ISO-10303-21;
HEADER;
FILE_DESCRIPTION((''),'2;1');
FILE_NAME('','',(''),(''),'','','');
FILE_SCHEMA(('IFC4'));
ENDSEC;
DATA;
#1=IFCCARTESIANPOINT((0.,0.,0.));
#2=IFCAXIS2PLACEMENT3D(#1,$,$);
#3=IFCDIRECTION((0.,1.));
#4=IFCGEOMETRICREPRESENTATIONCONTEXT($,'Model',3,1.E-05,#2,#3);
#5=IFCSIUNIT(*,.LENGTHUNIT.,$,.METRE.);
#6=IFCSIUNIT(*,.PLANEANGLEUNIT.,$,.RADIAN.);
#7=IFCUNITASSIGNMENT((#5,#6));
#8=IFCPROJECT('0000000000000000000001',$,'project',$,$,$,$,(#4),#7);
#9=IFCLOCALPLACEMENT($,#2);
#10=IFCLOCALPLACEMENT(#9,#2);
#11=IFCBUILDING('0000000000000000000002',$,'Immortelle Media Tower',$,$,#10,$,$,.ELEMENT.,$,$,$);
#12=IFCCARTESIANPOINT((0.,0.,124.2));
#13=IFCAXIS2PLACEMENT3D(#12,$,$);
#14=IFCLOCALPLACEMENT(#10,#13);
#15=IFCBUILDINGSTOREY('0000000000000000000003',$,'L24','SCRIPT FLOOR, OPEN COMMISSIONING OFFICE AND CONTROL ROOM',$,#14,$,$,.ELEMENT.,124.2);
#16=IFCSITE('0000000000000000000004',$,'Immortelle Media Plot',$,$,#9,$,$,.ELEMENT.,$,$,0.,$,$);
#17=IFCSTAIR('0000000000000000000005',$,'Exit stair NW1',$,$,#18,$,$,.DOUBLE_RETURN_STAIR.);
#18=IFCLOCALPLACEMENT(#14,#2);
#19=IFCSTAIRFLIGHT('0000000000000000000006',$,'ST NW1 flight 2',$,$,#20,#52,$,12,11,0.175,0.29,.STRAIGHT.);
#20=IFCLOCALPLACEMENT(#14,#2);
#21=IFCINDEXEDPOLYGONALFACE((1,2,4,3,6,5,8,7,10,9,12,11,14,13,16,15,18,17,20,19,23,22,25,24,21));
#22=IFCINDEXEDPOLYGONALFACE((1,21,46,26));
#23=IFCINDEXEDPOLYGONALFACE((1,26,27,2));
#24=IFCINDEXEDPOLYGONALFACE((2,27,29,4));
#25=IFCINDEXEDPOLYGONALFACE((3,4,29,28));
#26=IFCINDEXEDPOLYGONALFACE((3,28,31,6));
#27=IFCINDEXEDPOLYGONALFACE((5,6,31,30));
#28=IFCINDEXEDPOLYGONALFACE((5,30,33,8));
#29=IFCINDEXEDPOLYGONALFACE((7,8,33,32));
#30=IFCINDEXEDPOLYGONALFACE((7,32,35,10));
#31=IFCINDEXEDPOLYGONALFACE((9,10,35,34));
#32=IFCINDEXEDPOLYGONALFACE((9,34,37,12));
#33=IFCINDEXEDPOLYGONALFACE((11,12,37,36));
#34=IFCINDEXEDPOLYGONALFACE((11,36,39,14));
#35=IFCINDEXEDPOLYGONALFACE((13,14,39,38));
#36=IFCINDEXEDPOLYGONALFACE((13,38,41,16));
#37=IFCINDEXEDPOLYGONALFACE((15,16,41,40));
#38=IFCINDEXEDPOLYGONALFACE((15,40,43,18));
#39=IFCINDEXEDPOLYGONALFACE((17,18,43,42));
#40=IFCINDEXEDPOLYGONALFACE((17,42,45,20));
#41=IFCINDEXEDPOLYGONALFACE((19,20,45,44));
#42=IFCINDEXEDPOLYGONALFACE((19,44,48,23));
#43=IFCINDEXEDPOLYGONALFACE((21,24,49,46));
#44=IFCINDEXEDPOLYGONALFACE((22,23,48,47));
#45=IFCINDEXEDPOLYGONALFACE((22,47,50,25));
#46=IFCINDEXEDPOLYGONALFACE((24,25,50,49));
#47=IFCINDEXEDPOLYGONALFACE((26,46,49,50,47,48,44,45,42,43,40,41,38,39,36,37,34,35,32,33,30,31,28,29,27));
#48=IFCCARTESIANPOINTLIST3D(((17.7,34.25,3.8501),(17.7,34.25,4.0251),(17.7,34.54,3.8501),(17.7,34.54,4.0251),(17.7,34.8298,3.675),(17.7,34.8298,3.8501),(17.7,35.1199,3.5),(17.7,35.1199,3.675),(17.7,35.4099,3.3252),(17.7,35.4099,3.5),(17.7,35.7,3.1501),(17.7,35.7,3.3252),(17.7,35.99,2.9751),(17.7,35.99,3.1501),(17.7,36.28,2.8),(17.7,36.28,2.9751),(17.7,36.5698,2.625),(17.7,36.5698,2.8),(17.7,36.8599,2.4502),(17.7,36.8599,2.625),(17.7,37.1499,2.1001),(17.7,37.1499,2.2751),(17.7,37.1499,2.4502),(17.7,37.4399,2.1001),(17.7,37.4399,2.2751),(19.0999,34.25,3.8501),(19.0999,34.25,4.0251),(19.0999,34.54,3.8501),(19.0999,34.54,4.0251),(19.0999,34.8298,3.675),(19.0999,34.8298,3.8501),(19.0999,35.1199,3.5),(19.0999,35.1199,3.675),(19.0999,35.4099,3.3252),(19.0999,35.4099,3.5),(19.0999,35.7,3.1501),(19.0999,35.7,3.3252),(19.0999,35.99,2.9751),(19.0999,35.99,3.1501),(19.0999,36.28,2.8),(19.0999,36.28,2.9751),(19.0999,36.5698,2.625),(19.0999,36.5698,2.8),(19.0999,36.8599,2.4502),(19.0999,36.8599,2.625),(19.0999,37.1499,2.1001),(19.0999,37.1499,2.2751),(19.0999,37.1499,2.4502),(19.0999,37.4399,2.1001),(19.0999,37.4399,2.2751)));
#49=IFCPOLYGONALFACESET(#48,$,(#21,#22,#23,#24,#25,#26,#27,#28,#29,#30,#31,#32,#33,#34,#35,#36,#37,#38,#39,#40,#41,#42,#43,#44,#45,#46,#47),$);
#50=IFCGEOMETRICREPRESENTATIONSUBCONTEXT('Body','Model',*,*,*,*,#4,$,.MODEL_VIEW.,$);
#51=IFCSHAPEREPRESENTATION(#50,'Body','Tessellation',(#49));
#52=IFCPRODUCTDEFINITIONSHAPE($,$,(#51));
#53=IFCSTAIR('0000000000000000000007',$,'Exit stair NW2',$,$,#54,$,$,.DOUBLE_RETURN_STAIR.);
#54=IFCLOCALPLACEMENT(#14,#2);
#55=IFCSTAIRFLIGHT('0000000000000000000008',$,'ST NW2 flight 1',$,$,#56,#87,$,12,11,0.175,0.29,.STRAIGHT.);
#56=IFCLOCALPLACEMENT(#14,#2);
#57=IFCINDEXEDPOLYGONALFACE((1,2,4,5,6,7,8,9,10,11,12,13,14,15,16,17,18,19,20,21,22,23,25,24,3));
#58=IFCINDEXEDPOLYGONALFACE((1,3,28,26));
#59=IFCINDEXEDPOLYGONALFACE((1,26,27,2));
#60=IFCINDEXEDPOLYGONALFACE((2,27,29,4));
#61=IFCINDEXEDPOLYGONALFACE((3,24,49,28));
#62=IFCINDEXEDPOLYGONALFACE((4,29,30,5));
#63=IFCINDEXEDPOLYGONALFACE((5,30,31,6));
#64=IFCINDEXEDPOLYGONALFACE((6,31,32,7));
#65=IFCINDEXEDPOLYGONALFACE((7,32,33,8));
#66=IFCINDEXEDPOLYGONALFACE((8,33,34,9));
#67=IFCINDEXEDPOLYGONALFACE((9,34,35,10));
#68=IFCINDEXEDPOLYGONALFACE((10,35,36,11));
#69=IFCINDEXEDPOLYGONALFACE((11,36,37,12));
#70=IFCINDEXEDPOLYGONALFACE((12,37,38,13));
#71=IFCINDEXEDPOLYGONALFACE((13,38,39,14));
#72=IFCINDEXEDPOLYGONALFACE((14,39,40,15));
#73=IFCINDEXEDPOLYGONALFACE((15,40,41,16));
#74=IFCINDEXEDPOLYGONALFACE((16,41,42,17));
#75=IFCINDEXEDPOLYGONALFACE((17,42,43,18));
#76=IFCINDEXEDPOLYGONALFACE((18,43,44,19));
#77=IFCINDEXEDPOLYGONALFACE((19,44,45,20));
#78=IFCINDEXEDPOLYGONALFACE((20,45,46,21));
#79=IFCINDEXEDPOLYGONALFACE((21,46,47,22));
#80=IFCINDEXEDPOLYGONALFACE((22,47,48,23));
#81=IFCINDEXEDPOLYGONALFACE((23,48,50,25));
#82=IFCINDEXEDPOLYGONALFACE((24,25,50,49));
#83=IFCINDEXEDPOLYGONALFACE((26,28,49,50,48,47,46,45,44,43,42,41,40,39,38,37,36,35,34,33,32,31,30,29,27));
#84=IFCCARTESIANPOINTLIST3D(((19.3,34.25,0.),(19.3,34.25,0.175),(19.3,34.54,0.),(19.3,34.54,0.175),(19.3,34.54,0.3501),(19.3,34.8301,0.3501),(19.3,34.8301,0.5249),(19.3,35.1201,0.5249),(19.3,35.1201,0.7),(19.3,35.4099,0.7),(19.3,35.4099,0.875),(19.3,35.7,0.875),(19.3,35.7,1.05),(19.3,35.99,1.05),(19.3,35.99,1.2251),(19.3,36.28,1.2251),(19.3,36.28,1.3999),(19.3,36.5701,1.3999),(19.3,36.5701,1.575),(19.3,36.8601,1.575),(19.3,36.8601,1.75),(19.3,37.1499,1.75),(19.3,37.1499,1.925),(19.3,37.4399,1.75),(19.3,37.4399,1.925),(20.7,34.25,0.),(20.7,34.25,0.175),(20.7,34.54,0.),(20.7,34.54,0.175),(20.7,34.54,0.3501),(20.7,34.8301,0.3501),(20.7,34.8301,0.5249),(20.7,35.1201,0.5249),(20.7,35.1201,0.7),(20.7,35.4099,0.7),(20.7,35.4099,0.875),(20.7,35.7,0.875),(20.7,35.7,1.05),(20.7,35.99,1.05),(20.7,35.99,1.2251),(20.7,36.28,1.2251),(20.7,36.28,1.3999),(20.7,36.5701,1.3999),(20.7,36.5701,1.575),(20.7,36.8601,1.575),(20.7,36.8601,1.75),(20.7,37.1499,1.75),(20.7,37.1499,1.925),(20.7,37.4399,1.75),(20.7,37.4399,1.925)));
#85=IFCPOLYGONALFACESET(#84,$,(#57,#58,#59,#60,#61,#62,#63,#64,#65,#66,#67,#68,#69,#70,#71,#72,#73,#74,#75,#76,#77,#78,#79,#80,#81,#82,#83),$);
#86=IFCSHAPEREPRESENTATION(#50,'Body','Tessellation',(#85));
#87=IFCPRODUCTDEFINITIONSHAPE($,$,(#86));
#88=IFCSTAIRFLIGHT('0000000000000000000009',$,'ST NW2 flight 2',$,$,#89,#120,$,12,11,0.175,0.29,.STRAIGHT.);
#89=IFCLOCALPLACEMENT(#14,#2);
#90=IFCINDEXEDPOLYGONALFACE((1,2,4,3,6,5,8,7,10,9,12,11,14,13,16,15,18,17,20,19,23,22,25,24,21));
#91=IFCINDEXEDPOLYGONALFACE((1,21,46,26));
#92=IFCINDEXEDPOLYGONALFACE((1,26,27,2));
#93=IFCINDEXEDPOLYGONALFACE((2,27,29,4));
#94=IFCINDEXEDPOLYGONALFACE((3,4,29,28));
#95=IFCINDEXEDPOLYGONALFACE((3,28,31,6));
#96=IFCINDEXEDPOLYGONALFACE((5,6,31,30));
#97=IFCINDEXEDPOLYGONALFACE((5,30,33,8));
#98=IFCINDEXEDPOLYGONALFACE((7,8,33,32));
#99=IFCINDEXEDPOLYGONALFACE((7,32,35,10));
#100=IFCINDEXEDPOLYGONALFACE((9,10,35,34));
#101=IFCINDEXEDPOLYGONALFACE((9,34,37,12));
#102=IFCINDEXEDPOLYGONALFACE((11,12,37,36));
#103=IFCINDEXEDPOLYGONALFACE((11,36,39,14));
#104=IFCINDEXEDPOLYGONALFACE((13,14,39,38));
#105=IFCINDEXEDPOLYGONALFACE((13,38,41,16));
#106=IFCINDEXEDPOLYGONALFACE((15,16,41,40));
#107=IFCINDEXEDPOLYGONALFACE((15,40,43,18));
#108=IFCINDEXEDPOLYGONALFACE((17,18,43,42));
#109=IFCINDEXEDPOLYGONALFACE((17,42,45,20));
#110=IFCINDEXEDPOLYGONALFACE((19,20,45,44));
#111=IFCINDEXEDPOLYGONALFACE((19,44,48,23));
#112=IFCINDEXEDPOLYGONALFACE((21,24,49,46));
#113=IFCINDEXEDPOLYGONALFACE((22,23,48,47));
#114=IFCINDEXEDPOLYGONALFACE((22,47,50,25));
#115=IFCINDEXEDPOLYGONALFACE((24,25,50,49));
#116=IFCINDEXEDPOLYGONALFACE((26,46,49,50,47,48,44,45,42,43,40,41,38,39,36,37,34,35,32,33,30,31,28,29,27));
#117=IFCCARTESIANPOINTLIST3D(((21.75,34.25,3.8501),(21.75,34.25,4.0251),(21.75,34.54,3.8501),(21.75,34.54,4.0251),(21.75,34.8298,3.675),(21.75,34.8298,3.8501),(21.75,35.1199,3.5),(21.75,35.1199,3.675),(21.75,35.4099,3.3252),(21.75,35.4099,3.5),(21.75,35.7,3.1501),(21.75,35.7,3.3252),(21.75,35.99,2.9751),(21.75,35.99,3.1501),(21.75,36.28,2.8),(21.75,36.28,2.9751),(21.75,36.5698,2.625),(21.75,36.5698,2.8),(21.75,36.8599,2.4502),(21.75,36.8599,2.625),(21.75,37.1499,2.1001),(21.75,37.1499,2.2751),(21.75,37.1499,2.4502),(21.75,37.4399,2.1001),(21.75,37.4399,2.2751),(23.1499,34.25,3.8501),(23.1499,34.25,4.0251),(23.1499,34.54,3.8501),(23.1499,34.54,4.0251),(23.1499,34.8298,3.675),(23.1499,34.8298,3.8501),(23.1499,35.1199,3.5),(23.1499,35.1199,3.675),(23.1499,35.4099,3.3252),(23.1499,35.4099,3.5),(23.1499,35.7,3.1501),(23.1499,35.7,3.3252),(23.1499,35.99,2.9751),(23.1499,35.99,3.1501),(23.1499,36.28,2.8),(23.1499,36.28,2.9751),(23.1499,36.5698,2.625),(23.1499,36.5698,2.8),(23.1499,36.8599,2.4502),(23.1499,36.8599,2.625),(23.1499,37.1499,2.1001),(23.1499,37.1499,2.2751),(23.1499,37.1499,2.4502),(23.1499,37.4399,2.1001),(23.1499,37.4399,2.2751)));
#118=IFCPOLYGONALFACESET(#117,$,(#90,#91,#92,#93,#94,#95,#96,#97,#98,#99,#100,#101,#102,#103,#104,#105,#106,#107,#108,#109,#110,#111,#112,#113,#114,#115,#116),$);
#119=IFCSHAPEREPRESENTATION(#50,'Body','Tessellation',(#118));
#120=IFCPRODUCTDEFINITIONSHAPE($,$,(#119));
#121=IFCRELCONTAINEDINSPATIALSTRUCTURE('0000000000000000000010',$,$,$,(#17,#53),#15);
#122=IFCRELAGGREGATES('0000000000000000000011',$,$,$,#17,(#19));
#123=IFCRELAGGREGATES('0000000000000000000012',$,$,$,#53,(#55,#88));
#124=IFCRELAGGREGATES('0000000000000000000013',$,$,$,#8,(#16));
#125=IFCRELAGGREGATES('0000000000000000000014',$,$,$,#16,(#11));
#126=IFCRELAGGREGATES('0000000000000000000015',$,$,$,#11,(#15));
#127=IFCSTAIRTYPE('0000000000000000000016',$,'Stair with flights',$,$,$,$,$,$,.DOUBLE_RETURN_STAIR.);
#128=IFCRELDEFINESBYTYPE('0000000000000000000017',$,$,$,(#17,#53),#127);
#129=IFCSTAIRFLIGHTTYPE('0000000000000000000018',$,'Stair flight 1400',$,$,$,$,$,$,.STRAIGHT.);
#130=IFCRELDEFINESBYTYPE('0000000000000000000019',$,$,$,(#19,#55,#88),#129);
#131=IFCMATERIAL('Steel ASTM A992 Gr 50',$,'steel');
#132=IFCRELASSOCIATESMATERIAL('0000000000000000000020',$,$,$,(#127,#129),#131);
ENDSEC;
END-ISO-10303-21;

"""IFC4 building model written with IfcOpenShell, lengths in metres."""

from ifc_helpers import new_model, si_unit, direction, frame, origin, place, context, subcontext, project, spatial, polyline, outline, extrude, material, type_object, element, aggregate, save


model = new_model("IFC4")

# Units and contexts
model_context = context("Model", 3, precision=1e-05, world=origin(), true_north=direction((0.0, 1.0)))
body_context = subcontext(model_context, "Body", "Model", "MODEL_VIEW")
ifc_project = project(units=[si_unit("LENGTHUNIT", "METRE"), si_unit("PLANEANGLEUNIT", "RADIAN")], contexts=[model_context])

# Site, building, storey
site_placement = place(None, origin())
site = spatial("IfcSite", under=ifc_project, at=site_placement, Name="Immortelle Media Plot", CompositionType="ELEMENT", RefElevation=0.0)
building_placement = place(site_placement, origin())
building = spatial("IfcBuilding", under=site, at=building_placement, Name="Immortelle Media Tower", CompositionType="ELEMENT")
storey_placement = place(building_placement, frame((0.0, 0.0, 124.2)))
storey = spatial("IfcBuildingStorey", under=building, at=storey_placement, Name="L24", Description="SCRIPT FLOOR, OPEN COMMISSIONING OFFICE AND CONTROL ROOM", CompositionType="ELEMENT", Elevation=124.2)

# Shared definitions
ifc_material_1 = material(Name="Steel ASTM A992 Gr 50", Category="steel")

# Stairs, stair flights
stair_type = type_object("IfcStairType", Name="Stair with flights", PredefinedType="DOUBLE_RETURN_STAIR", material=ifc_material_1)
stair_1_placement = place(storey_placement, origin())
stair_1 = element("IfcStair", 1, at=stair_1_placement, inside=storey, type_object=stair_type, Name="Exit stair NW1", PredefinedType="DOUBLE_RETURN_STAIR")
stair_flight_type = type_object("IfcStairFlightType", Name="Stair flight 1400", PredefinedType="STRAIGHT", material=ifc_material_1)
stair_flight_1_placement = place(storey_placement, frame((18.3999, 37.4399, 2.1001), z_axis=(0.0, 0.0, 1.0), x_axis=(0.0, -1.0, 0.0)))
stair_flight_1 = element("IfcStairFlight", 2, at=stair_flight_1_placement, type_object=stair_flight_type, Name="ST NW1 flight 2", NumberOfRisers=12, NumberOfTreads=11, PredefinedType="STRAIGHT", RiserHeight=0.175, TreadLength=0.29, context=body_context, shape_type="SweptSolid", body=[
    extrude(outline(polyline([(0.0, 0.0), (0.0, 0.175), (0.29, 0.175), (0.29, 0.3501), (0.5801, 0.3501), (0.5801, 0.5249), (0.8701, 0.5249), (0.8701, 0.7), (1.1599, 0.7), (1.1599, 0.875), (1.45, 0.875), (1.45, 1.05), (1.74, 1.05), (1.74, 1.2251), (2.03, 1.2251), (2.03, 1.3999), (2.3201, 1.3999), (2.3201, 1.575), (2.6101, 1.575), (2.6101, 1.75), (2.8999, 1.75), (2.8999, 1.925), (3.1899, 1.925), (3.1899, 2.1001), (3.1899, 1.75), (0.29, 0.0), (0.0, 0.0)])), frame((0.0, 0.7, 0.0), z_axis=(0.0, -1.0, 0.0), x_axis=(1.0, 0.0, 0.0)), (0.0, 0.0, 1.0), 1.3999),
])
aggregate(stair_1, [stair_flight_1])
stair_2_placement = place(storey_placement, origin())
stair_2 = element("IfcStair", 3, at=stair_2_placement, inside=storey, type_object=stair_type, Name="Exit stair NW2", PredefinedType="DOUBLE_RETURN_STAIR")
stair_flight_2_placement = place(storey_placement, frame((20.0, 34.25, 0.0), z_axis=(0.0, 0.0, 1.0), x_axis=(0.0, 1.0, 0.0)))
stair_flight_2 = element("IfcStairFlight", 4, at=stair_flight_2_placement, type_object=stair_flight_type, Name="ST NW2 flight 1", NumberOfRisers=12, NumberOfTreads=11, PredefinedType="STRAIGHT", RiserHeight=0.175, TreadLength=0.29, context=body_context, shape_type="SweptSolid", body=[
    extrude(outline(polyline([(0.0, 0.0), (0.0, 0.175), (0.29, 0.175), (0.29, 0.3501), (0.5801, 0.3501), (0.5801, 0.5249), (0.8701, 0.5249), (0.8701, 0.7), (1.1599, 0.7), (1.1599, 0.875), (1.45, 0.875), (1.45, 1.05), (1.74, 1.05), (1.74, 1.2251), (2.03, 1.2251), (2.03, 1.3999), (2.3201, 1.3999), (2.3201, 1.575), (2.6101, 1.575), (2.6101, 1.75), (2.8999, 1.75), (2.8999, 1.925), (3.1899, 1.925), (3.1899, 2.1001), (3.1899, 1.75), (0.29, 0.0), (0.0, 0.0)])), frame((0.0, 0.7, 0.0), z_axis=(0.0, -1.0, 0.0), x_axis=(1.0, 0.0, 0.0)), (0.0, 0.0, 1.0), 1.3999),
])
stair_flight_3_placement = place(storey_placement, frame((22.45, 37.4399, 2.1001), z_axis=(0.0, 0.0, 1.0), x_axis=(0.0, -1.0, 0.0)))
stair_flight_3 = element("IfcStairFlight", 5, at=stair_flight_3_placement, type_object=stair_flight_type, Name="ST NW2 flight 2", NumberOfRisers=12, NumberOfTreads=11, PredefinedType="STRAIGHT", RiserHeight=0.175, TreadLength=0.29, context=body_context, shape_type="SweptSolid", body=[
    extrude(outline(polyline([(0.0, 0.0), (0.0, 0.175), (0.29, 0.175), (0.29, 0.3501), (0.5801, 0.3501), (0.5801, 0.5249), (0.8701, 0.5249), (0.8701, 0.7), (1.1599, 0.7), (1.1599, 0.875), (1.45, 0.875), (1.45, 1.05), (1.74, 1.05), (1.74, 1.2251), (2.03, 1.2251), (2.03, 1.3999), (2.3201, 1.3999), (2.3201, 1.575), (2.6101, 1.575), (2.6101, 1.75), (2.8999, 1.75), (2.8999, 1.925), (3.1899, 1.925), (3.1899, 2.1001), (3.1899, 1.75), (0.29, 0.0), (0.0, 0.0)])), frame((0.0, 0.7, 0.0), z_axis=(0.0, -1.0, 0.0), x_axis=(1.0, 0.0, 0.0)), (0.0, 0.0, 1.0), 1.3999),
])
aggregate(stair_2, [stair_flight_2, stair_flight_3])

save(model, "model.ifc")
